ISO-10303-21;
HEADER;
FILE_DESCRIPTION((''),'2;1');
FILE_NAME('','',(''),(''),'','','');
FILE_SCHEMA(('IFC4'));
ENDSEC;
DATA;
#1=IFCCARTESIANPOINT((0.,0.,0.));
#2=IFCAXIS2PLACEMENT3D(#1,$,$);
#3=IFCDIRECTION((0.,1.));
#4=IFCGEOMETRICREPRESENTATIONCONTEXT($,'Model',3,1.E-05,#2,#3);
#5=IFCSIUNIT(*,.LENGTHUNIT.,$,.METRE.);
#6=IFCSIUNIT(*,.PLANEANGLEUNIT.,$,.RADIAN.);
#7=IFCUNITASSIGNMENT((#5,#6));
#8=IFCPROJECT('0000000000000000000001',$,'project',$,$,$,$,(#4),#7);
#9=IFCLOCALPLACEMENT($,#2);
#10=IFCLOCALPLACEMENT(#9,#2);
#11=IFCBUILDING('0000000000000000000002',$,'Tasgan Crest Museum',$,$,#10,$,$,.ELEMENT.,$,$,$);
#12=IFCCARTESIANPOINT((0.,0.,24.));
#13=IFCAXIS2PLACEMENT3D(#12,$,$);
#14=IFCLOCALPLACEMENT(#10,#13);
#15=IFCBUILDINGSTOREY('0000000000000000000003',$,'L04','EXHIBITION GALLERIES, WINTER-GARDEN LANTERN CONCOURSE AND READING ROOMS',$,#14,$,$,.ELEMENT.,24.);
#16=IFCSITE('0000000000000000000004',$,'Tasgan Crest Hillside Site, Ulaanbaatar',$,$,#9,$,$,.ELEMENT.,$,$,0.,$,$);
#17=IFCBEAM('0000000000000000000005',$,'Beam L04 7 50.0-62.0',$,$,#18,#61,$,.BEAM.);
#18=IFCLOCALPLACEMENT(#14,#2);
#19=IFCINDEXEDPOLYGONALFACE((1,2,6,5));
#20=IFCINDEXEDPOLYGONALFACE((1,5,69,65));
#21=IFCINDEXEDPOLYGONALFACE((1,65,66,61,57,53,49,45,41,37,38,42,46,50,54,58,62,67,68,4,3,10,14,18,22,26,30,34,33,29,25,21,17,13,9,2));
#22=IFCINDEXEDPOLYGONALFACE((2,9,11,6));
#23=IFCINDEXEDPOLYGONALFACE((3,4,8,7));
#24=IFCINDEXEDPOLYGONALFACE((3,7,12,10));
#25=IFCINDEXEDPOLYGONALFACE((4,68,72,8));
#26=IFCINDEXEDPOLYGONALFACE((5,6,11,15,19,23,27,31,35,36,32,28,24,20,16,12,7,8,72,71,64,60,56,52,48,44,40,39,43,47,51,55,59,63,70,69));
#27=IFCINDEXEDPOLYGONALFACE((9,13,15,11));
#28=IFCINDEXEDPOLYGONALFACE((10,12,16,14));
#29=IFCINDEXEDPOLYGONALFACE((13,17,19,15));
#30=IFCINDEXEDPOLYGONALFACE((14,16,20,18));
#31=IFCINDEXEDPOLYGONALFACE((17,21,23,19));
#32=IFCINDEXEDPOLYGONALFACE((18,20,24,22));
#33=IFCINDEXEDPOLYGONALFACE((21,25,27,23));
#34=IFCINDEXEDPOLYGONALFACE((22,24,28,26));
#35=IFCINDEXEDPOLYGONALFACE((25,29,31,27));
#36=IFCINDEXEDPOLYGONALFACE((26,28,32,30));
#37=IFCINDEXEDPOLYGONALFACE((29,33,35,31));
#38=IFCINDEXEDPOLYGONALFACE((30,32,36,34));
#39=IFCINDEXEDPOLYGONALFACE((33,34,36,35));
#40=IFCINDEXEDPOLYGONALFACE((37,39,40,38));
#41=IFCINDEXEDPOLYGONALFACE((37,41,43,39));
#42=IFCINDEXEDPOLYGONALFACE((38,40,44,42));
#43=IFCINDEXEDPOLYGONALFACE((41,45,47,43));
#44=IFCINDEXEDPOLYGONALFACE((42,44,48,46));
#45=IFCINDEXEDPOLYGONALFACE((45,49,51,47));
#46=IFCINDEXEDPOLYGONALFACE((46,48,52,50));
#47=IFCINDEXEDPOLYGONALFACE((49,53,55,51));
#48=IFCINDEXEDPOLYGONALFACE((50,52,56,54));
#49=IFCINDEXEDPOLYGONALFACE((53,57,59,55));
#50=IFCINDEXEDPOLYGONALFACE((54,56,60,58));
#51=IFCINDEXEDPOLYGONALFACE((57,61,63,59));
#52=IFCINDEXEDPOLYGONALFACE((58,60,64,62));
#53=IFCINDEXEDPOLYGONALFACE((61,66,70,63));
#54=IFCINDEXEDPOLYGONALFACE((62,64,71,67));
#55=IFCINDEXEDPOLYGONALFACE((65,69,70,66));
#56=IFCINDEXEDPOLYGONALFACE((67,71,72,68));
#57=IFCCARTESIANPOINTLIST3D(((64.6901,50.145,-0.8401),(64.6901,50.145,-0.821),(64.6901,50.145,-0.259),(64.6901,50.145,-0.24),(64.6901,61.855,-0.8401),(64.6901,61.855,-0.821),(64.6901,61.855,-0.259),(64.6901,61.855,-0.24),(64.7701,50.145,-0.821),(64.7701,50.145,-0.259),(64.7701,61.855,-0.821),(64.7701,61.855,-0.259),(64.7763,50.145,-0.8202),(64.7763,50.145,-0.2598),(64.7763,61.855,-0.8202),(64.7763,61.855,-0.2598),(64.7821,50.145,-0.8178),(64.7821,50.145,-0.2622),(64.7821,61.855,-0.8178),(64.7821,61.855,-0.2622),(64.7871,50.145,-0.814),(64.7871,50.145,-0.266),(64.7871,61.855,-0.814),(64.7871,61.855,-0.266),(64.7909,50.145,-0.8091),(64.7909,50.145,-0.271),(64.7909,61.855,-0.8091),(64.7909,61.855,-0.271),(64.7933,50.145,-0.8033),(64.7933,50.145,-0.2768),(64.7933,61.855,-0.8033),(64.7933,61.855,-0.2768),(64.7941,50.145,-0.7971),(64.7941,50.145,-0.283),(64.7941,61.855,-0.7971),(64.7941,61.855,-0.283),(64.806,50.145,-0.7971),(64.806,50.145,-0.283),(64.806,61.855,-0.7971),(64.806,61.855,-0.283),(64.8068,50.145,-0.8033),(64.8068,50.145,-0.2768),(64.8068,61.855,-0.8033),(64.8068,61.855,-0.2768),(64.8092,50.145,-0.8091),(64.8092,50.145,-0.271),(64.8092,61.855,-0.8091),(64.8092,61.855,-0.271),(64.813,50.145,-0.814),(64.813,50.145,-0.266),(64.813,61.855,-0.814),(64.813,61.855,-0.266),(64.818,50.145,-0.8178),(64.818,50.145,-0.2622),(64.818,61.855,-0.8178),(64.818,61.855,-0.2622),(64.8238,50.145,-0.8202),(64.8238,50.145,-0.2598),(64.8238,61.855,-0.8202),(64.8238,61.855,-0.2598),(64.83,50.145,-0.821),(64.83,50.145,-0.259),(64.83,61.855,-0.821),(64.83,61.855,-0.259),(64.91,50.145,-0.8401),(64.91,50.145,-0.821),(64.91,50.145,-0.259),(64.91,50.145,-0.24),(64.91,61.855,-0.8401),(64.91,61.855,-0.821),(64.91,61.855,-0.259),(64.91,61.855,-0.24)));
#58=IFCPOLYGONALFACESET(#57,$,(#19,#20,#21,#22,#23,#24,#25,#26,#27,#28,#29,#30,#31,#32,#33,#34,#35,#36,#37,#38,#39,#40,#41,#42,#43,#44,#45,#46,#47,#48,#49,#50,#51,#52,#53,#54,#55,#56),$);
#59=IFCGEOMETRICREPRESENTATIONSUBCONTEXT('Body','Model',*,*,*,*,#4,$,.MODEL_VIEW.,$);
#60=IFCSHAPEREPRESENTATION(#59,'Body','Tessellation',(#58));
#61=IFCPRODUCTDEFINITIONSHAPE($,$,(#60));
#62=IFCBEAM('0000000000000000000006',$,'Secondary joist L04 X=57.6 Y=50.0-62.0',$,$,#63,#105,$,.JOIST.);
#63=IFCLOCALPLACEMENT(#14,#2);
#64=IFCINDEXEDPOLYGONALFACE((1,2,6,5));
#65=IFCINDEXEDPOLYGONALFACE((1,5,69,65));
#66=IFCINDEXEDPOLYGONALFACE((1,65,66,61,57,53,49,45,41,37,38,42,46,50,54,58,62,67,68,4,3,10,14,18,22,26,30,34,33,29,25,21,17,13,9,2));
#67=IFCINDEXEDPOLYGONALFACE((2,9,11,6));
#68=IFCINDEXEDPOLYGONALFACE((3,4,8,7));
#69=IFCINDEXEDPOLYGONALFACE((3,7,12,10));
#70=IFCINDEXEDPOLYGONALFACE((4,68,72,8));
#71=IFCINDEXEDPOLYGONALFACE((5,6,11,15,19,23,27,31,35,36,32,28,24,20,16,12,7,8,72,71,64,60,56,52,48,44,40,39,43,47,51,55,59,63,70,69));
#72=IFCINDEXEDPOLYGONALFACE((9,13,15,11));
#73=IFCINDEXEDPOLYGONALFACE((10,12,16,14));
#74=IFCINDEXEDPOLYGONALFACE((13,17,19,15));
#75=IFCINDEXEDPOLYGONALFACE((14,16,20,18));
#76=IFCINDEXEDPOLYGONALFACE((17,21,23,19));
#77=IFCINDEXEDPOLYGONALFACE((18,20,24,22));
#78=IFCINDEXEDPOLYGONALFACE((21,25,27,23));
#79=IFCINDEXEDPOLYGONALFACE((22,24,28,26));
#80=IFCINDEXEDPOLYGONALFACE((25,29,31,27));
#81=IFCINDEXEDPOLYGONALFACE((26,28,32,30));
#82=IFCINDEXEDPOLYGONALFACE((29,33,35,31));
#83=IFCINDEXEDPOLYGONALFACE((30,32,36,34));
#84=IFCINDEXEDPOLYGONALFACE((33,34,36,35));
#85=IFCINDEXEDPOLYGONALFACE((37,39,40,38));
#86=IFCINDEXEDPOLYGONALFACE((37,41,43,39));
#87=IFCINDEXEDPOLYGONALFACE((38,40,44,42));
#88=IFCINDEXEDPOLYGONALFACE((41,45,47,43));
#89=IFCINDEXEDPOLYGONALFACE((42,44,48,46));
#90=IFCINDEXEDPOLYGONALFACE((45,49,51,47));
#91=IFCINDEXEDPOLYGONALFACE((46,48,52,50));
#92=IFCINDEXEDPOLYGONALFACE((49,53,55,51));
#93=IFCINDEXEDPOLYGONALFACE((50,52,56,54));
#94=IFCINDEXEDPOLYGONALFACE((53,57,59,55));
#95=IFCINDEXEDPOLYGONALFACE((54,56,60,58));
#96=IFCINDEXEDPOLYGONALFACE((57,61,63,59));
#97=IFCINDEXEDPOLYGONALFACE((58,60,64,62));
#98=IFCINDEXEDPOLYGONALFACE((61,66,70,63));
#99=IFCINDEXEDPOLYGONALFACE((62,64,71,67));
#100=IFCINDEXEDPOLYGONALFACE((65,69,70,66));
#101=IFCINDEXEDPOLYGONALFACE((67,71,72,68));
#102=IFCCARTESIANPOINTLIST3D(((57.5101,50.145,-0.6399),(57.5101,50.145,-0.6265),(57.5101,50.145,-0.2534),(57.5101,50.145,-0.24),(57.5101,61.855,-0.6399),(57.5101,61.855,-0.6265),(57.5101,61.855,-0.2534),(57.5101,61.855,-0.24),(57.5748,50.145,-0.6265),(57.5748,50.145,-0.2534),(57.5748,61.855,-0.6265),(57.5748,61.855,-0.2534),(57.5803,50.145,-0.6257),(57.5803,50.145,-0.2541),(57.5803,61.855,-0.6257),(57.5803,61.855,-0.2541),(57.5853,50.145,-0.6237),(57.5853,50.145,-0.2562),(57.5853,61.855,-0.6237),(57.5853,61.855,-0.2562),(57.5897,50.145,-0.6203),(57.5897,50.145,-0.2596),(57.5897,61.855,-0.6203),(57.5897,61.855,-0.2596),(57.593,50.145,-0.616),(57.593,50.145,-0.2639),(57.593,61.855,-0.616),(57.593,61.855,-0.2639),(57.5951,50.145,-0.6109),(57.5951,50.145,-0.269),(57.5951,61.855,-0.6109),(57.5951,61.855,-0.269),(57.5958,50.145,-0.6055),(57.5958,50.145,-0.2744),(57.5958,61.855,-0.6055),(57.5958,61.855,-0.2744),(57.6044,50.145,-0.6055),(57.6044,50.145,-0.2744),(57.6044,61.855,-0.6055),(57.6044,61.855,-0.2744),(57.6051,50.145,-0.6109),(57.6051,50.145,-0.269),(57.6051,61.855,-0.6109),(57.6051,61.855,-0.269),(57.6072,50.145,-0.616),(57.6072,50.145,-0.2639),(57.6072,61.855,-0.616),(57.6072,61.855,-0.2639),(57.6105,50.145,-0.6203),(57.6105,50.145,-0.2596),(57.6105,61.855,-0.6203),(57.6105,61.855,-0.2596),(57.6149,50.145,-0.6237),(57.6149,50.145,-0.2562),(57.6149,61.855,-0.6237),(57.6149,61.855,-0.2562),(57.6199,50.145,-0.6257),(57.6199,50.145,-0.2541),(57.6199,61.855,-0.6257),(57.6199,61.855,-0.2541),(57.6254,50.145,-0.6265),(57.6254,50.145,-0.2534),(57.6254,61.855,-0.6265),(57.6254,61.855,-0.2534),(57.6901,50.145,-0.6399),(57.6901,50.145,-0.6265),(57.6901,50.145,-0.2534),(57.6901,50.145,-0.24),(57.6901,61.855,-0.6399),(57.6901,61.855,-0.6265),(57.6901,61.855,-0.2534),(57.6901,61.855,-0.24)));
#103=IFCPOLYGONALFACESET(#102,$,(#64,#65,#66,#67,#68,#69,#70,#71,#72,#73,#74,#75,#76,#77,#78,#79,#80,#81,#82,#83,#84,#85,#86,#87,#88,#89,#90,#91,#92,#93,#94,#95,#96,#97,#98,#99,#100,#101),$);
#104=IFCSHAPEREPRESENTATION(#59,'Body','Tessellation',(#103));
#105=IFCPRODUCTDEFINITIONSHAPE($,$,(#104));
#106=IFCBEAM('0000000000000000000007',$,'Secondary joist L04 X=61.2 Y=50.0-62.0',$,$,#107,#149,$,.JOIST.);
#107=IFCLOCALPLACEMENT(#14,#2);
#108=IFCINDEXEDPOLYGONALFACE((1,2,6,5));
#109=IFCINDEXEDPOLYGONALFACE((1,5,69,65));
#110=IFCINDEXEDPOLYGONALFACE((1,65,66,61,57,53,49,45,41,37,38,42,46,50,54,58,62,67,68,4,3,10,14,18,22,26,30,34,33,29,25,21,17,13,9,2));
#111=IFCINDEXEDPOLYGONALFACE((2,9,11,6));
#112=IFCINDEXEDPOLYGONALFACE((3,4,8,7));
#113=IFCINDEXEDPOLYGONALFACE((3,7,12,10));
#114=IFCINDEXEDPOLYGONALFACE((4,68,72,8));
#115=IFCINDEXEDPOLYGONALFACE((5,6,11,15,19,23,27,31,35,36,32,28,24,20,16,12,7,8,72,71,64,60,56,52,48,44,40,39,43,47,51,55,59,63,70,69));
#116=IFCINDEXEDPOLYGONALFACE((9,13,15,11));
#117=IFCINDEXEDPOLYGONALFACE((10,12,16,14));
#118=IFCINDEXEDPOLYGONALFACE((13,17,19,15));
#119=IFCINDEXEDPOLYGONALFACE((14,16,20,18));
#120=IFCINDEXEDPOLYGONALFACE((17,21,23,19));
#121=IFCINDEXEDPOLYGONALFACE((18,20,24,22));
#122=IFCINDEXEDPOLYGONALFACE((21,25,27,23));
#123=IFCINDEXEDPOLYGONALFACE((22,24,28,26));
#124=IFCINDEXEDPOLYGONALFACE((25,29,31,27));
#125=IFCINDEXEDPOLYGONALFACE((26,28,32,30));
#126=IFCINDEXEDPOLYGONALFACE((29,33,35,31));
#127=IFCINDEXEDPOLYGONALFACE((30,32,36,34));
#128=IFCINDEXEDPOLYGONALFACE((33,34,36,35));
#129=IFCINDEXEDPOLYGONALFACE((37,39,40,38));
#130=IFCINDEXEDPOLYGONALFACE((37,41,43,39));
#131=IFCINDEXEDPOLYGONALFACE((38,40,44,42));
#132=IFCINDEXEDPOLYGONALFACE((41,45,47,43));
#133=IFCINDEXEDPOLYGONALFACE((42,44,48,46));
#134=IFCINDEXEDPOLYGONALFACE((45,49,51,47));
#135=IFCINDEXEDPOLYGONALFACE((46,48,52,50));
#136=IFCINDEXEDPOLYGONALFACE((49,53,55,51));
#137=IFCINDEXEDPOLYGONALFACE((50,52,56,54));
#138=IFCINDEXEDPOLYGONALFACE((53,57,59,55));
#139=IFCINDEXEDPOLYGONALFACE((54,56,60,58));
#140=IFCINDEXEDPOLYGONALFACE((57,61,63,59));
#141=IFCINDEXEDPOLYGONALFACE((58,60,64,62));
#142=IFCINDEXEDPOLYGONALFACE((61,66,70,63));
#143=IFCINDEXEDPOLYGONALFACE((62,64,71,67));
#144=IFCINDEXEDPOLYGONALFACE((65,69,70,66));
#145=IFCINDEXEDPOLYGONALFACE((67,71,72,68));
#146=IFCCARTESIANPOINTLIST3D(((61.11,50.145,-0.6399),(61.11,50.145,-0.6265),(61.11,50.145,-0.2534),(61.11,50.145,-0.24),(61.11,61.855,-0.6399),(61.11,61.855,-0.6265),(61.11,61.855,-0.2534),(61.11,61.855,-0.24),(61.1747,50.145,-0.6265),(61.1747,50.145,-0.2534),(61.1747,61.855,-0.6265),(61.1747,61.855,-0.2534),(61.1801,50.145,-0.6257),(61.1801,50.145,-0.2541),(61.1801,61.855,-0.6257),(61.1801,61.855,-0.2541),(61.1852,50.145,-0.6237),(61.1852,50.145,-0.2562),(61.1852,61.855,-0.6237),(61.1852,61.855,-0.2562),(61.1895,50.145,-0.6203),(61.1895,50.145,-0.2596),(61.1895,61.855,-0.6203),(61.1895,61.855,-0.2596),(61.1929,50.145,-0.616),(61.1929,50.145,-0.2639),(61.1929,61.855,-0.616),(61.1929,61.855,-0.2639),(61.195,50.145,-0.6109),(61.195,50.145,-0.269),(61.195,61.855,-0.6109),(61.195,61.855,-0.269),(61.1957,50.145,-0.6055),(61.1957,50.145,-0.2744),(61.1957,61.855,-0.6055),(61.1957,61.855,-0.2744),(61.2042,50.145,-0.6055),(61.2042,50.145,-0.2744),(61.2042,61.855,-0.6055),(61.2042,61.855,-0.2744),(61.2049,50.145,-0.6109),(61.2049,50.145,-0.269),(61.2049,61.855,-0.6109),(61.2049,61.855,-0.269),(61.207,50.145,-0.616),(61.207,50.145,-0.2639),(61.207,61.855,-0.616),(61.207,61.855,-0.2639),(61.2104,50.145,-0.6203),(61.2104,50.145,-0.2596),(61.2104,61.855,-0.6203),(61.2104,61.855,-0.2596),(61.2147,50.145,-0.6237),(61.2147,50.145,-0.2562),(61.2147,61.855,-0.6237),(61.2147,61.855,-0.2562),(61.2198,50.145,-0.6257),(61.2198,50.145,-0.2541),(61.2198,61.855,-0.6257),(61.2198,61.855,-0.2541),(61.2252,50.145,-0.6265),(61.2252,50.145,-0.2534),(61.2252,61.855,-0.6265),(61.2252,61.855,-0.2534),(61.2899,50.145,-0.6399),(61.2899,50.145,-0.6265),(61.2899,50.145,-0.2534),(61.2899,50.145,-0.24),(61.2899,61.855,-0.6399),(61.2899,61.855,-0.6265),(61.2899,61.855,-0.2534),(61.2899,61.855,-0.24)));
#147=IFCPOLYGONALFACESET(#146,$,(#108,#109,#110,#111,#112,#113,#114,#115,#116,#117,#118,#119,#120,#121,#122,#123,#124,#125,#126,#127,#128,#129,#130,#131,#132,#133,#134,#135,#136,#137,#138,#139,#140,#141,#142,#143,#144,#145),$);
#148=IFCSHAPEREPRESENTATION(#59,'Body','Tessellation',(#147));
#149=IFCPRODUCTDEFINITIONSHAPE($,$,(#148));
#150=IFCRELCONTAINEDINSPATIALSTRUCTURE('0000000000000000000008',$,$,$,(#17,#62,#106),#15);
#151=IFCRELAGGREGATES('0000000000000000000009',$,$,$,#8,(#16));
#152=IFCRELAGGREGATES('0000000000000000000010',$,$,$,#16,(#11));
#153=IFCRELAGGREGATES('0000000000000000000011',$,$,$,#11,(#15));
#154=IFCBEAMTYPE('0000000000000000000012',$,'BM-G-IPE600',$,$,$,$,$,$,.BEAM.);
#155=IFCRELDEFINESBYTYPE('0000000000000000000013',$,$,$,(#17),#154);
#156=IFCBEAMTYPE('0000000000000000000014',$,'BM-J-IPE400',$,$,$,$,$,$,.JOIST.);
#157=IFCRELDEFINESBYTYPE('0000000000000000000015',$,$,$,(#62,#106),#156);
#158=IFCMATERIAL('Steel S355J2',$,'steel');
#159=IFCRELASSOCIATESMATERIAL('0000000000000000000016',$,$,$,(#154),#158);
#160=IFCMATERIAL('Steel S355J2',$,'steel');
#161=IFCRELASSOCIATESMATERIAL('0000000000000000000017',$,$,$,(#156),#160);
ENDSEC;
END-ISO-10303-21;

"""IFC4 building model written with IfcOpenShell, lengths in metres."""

from ifc_helpers import new_model, si_unit, direction, frame, origin, origin_2d, place, context, subcontext, project, spatial, i_section, extrude, material, material_profile, profile_set, type_object, element, save


model = new_model("IFC4")

# Units and contexts
model_context = context("Model", 3, precision=1e-05, world=origin(), true_north=direction((0.0, 1.0)))
body_context = subcontext(model_context, "Body", "Model", "MODEL_VIEW")
ifc_project = project(units=[si_unit("LENGTHUNIT", "METRE"), si_unit("PLANEANGLEUNIT", "RADIAN")], contexts=[model_context])

# Site, building, storey
site_placement = place(None, origin())
site = spatial("IfcSite", under=ifc_project, at=site_placement, Name="Tasgan Crest Hillside Site, Ulaanbaatar", CompositionType="ELEMENT", RefElevation=0.0)
building_placement = place(site_placement, origin())
building = spatial("IfcBuilding", under=site, at=building_placement, Name="Tasgan Crest Museum", CompositionType="ELEMENT")
storey_placement = place(building_placement, frame((0.0, 0.0, 24.0)))
storey = spatial("IfcBuildingStorey", under=building, at=storey_placement, Name="L04", Description="EXHIBITION GALLERIES, WINTER-GARDEN LANTERN CONCOURSE AND READING ROOMS", CompositionType="ELEMENT", Elevation=24.0)

# Beams
ifc_material_1 = material(Name="Steel S355J2", Category="steel")
ifc_material_profile_1 = material_profile(ifc_material_1, i_section(OverallWidth=0.22, OverallDepth=0.6001, WebThickness=0.012, FlangeThickness=0.019, FilletRadius=0.0239, at=origin_2d()), Name="IPE 600")
ifc_profile_set_1 = profile_set([ifc_material_profile_1], Name="Steel S355J2")
beam_type_1 = type_object("IfcBeamType", Name="BM-G-IPE600", PredefinedType="BEAM", material=ifc_profile_set_1)
beam_1_placement = place(storey_placement, frame((64.8, 50.145, -0.54), z_axis=(0.0, 1.0, 0.0), x_axis=(-1.0, 0.0, 0.0)))
element("IfcBeam", 1, at=beam_1_placement, inside=storey, type_object=beam_type_1, Name="Beam L04 7 50.0-62.0", PredefinedType="BEAM", context=body_context, shape_type="SweptSolid", body=[
    extrude(i_section(OverallWidth=0.22, OverallDepth=0.6001, WebThickness=0.012, FlangeThickness=0.019, FilletRadius=0.0239, at=origin_2d()), origin(), (0.0, 0.0, 1.0), 11.71),
])
ifc_material_2 = material(Name="Steel S355J2", Category="steel")
ifc_material_profile_2 = material_profile(ifc_material_2, i_section(OverallWidth=0.1799, OverallDepth=0.3999, WebThickness=0.0085, FlangeThickness=0.0134, FilletRadius=0.021, at=origin_2d()), Name="IPE 400")
ifc_profile_set_2 = profile_set([ifc_material_profile_2], Name="Steel S355J2")
beam_type_2 = type_object("IfcBeamType", Name="BM-J-IPE400", PredefinedType="JOIST", material=ifc_profile_set_2)
for number, where, z_axis, x_axis, name in (
    (2, (57.6001, 50.145, -0.4399), (0.0, 1.0, 0.0), (-1.0, 0.0, 0.0), "Secondary joist L04 X=57.6 Y=50.0-62.0"),
    (3, (61.2, 50.145, -0.4399), (0.0, 1.0, 0.0), (-1.0, 0.0, 0.0), "Secondary joist L04 X=61.2 Y=50.0-62.0"),
):
    element("IfcBeam", number, at=place(storey_placement, frame(where, z_axis=z_axis, x_axis=x_axis)), inside=storey, type_object=beam_type_2, Name=name, PredefinedType="JOIST", context=body_context, shape_type="SweptSolid", body=[
        extrude(i_section(OverallWidth=0.1799, OverallDepth=0.3999, WebThickness=0.0085, FlangeThickness=0.0134, FilletRadius=0.021, at=origin_2d()), origin(), (0.0, 0.0, 1.0), 11.71),
    ])

save(model, "model.ifc")
